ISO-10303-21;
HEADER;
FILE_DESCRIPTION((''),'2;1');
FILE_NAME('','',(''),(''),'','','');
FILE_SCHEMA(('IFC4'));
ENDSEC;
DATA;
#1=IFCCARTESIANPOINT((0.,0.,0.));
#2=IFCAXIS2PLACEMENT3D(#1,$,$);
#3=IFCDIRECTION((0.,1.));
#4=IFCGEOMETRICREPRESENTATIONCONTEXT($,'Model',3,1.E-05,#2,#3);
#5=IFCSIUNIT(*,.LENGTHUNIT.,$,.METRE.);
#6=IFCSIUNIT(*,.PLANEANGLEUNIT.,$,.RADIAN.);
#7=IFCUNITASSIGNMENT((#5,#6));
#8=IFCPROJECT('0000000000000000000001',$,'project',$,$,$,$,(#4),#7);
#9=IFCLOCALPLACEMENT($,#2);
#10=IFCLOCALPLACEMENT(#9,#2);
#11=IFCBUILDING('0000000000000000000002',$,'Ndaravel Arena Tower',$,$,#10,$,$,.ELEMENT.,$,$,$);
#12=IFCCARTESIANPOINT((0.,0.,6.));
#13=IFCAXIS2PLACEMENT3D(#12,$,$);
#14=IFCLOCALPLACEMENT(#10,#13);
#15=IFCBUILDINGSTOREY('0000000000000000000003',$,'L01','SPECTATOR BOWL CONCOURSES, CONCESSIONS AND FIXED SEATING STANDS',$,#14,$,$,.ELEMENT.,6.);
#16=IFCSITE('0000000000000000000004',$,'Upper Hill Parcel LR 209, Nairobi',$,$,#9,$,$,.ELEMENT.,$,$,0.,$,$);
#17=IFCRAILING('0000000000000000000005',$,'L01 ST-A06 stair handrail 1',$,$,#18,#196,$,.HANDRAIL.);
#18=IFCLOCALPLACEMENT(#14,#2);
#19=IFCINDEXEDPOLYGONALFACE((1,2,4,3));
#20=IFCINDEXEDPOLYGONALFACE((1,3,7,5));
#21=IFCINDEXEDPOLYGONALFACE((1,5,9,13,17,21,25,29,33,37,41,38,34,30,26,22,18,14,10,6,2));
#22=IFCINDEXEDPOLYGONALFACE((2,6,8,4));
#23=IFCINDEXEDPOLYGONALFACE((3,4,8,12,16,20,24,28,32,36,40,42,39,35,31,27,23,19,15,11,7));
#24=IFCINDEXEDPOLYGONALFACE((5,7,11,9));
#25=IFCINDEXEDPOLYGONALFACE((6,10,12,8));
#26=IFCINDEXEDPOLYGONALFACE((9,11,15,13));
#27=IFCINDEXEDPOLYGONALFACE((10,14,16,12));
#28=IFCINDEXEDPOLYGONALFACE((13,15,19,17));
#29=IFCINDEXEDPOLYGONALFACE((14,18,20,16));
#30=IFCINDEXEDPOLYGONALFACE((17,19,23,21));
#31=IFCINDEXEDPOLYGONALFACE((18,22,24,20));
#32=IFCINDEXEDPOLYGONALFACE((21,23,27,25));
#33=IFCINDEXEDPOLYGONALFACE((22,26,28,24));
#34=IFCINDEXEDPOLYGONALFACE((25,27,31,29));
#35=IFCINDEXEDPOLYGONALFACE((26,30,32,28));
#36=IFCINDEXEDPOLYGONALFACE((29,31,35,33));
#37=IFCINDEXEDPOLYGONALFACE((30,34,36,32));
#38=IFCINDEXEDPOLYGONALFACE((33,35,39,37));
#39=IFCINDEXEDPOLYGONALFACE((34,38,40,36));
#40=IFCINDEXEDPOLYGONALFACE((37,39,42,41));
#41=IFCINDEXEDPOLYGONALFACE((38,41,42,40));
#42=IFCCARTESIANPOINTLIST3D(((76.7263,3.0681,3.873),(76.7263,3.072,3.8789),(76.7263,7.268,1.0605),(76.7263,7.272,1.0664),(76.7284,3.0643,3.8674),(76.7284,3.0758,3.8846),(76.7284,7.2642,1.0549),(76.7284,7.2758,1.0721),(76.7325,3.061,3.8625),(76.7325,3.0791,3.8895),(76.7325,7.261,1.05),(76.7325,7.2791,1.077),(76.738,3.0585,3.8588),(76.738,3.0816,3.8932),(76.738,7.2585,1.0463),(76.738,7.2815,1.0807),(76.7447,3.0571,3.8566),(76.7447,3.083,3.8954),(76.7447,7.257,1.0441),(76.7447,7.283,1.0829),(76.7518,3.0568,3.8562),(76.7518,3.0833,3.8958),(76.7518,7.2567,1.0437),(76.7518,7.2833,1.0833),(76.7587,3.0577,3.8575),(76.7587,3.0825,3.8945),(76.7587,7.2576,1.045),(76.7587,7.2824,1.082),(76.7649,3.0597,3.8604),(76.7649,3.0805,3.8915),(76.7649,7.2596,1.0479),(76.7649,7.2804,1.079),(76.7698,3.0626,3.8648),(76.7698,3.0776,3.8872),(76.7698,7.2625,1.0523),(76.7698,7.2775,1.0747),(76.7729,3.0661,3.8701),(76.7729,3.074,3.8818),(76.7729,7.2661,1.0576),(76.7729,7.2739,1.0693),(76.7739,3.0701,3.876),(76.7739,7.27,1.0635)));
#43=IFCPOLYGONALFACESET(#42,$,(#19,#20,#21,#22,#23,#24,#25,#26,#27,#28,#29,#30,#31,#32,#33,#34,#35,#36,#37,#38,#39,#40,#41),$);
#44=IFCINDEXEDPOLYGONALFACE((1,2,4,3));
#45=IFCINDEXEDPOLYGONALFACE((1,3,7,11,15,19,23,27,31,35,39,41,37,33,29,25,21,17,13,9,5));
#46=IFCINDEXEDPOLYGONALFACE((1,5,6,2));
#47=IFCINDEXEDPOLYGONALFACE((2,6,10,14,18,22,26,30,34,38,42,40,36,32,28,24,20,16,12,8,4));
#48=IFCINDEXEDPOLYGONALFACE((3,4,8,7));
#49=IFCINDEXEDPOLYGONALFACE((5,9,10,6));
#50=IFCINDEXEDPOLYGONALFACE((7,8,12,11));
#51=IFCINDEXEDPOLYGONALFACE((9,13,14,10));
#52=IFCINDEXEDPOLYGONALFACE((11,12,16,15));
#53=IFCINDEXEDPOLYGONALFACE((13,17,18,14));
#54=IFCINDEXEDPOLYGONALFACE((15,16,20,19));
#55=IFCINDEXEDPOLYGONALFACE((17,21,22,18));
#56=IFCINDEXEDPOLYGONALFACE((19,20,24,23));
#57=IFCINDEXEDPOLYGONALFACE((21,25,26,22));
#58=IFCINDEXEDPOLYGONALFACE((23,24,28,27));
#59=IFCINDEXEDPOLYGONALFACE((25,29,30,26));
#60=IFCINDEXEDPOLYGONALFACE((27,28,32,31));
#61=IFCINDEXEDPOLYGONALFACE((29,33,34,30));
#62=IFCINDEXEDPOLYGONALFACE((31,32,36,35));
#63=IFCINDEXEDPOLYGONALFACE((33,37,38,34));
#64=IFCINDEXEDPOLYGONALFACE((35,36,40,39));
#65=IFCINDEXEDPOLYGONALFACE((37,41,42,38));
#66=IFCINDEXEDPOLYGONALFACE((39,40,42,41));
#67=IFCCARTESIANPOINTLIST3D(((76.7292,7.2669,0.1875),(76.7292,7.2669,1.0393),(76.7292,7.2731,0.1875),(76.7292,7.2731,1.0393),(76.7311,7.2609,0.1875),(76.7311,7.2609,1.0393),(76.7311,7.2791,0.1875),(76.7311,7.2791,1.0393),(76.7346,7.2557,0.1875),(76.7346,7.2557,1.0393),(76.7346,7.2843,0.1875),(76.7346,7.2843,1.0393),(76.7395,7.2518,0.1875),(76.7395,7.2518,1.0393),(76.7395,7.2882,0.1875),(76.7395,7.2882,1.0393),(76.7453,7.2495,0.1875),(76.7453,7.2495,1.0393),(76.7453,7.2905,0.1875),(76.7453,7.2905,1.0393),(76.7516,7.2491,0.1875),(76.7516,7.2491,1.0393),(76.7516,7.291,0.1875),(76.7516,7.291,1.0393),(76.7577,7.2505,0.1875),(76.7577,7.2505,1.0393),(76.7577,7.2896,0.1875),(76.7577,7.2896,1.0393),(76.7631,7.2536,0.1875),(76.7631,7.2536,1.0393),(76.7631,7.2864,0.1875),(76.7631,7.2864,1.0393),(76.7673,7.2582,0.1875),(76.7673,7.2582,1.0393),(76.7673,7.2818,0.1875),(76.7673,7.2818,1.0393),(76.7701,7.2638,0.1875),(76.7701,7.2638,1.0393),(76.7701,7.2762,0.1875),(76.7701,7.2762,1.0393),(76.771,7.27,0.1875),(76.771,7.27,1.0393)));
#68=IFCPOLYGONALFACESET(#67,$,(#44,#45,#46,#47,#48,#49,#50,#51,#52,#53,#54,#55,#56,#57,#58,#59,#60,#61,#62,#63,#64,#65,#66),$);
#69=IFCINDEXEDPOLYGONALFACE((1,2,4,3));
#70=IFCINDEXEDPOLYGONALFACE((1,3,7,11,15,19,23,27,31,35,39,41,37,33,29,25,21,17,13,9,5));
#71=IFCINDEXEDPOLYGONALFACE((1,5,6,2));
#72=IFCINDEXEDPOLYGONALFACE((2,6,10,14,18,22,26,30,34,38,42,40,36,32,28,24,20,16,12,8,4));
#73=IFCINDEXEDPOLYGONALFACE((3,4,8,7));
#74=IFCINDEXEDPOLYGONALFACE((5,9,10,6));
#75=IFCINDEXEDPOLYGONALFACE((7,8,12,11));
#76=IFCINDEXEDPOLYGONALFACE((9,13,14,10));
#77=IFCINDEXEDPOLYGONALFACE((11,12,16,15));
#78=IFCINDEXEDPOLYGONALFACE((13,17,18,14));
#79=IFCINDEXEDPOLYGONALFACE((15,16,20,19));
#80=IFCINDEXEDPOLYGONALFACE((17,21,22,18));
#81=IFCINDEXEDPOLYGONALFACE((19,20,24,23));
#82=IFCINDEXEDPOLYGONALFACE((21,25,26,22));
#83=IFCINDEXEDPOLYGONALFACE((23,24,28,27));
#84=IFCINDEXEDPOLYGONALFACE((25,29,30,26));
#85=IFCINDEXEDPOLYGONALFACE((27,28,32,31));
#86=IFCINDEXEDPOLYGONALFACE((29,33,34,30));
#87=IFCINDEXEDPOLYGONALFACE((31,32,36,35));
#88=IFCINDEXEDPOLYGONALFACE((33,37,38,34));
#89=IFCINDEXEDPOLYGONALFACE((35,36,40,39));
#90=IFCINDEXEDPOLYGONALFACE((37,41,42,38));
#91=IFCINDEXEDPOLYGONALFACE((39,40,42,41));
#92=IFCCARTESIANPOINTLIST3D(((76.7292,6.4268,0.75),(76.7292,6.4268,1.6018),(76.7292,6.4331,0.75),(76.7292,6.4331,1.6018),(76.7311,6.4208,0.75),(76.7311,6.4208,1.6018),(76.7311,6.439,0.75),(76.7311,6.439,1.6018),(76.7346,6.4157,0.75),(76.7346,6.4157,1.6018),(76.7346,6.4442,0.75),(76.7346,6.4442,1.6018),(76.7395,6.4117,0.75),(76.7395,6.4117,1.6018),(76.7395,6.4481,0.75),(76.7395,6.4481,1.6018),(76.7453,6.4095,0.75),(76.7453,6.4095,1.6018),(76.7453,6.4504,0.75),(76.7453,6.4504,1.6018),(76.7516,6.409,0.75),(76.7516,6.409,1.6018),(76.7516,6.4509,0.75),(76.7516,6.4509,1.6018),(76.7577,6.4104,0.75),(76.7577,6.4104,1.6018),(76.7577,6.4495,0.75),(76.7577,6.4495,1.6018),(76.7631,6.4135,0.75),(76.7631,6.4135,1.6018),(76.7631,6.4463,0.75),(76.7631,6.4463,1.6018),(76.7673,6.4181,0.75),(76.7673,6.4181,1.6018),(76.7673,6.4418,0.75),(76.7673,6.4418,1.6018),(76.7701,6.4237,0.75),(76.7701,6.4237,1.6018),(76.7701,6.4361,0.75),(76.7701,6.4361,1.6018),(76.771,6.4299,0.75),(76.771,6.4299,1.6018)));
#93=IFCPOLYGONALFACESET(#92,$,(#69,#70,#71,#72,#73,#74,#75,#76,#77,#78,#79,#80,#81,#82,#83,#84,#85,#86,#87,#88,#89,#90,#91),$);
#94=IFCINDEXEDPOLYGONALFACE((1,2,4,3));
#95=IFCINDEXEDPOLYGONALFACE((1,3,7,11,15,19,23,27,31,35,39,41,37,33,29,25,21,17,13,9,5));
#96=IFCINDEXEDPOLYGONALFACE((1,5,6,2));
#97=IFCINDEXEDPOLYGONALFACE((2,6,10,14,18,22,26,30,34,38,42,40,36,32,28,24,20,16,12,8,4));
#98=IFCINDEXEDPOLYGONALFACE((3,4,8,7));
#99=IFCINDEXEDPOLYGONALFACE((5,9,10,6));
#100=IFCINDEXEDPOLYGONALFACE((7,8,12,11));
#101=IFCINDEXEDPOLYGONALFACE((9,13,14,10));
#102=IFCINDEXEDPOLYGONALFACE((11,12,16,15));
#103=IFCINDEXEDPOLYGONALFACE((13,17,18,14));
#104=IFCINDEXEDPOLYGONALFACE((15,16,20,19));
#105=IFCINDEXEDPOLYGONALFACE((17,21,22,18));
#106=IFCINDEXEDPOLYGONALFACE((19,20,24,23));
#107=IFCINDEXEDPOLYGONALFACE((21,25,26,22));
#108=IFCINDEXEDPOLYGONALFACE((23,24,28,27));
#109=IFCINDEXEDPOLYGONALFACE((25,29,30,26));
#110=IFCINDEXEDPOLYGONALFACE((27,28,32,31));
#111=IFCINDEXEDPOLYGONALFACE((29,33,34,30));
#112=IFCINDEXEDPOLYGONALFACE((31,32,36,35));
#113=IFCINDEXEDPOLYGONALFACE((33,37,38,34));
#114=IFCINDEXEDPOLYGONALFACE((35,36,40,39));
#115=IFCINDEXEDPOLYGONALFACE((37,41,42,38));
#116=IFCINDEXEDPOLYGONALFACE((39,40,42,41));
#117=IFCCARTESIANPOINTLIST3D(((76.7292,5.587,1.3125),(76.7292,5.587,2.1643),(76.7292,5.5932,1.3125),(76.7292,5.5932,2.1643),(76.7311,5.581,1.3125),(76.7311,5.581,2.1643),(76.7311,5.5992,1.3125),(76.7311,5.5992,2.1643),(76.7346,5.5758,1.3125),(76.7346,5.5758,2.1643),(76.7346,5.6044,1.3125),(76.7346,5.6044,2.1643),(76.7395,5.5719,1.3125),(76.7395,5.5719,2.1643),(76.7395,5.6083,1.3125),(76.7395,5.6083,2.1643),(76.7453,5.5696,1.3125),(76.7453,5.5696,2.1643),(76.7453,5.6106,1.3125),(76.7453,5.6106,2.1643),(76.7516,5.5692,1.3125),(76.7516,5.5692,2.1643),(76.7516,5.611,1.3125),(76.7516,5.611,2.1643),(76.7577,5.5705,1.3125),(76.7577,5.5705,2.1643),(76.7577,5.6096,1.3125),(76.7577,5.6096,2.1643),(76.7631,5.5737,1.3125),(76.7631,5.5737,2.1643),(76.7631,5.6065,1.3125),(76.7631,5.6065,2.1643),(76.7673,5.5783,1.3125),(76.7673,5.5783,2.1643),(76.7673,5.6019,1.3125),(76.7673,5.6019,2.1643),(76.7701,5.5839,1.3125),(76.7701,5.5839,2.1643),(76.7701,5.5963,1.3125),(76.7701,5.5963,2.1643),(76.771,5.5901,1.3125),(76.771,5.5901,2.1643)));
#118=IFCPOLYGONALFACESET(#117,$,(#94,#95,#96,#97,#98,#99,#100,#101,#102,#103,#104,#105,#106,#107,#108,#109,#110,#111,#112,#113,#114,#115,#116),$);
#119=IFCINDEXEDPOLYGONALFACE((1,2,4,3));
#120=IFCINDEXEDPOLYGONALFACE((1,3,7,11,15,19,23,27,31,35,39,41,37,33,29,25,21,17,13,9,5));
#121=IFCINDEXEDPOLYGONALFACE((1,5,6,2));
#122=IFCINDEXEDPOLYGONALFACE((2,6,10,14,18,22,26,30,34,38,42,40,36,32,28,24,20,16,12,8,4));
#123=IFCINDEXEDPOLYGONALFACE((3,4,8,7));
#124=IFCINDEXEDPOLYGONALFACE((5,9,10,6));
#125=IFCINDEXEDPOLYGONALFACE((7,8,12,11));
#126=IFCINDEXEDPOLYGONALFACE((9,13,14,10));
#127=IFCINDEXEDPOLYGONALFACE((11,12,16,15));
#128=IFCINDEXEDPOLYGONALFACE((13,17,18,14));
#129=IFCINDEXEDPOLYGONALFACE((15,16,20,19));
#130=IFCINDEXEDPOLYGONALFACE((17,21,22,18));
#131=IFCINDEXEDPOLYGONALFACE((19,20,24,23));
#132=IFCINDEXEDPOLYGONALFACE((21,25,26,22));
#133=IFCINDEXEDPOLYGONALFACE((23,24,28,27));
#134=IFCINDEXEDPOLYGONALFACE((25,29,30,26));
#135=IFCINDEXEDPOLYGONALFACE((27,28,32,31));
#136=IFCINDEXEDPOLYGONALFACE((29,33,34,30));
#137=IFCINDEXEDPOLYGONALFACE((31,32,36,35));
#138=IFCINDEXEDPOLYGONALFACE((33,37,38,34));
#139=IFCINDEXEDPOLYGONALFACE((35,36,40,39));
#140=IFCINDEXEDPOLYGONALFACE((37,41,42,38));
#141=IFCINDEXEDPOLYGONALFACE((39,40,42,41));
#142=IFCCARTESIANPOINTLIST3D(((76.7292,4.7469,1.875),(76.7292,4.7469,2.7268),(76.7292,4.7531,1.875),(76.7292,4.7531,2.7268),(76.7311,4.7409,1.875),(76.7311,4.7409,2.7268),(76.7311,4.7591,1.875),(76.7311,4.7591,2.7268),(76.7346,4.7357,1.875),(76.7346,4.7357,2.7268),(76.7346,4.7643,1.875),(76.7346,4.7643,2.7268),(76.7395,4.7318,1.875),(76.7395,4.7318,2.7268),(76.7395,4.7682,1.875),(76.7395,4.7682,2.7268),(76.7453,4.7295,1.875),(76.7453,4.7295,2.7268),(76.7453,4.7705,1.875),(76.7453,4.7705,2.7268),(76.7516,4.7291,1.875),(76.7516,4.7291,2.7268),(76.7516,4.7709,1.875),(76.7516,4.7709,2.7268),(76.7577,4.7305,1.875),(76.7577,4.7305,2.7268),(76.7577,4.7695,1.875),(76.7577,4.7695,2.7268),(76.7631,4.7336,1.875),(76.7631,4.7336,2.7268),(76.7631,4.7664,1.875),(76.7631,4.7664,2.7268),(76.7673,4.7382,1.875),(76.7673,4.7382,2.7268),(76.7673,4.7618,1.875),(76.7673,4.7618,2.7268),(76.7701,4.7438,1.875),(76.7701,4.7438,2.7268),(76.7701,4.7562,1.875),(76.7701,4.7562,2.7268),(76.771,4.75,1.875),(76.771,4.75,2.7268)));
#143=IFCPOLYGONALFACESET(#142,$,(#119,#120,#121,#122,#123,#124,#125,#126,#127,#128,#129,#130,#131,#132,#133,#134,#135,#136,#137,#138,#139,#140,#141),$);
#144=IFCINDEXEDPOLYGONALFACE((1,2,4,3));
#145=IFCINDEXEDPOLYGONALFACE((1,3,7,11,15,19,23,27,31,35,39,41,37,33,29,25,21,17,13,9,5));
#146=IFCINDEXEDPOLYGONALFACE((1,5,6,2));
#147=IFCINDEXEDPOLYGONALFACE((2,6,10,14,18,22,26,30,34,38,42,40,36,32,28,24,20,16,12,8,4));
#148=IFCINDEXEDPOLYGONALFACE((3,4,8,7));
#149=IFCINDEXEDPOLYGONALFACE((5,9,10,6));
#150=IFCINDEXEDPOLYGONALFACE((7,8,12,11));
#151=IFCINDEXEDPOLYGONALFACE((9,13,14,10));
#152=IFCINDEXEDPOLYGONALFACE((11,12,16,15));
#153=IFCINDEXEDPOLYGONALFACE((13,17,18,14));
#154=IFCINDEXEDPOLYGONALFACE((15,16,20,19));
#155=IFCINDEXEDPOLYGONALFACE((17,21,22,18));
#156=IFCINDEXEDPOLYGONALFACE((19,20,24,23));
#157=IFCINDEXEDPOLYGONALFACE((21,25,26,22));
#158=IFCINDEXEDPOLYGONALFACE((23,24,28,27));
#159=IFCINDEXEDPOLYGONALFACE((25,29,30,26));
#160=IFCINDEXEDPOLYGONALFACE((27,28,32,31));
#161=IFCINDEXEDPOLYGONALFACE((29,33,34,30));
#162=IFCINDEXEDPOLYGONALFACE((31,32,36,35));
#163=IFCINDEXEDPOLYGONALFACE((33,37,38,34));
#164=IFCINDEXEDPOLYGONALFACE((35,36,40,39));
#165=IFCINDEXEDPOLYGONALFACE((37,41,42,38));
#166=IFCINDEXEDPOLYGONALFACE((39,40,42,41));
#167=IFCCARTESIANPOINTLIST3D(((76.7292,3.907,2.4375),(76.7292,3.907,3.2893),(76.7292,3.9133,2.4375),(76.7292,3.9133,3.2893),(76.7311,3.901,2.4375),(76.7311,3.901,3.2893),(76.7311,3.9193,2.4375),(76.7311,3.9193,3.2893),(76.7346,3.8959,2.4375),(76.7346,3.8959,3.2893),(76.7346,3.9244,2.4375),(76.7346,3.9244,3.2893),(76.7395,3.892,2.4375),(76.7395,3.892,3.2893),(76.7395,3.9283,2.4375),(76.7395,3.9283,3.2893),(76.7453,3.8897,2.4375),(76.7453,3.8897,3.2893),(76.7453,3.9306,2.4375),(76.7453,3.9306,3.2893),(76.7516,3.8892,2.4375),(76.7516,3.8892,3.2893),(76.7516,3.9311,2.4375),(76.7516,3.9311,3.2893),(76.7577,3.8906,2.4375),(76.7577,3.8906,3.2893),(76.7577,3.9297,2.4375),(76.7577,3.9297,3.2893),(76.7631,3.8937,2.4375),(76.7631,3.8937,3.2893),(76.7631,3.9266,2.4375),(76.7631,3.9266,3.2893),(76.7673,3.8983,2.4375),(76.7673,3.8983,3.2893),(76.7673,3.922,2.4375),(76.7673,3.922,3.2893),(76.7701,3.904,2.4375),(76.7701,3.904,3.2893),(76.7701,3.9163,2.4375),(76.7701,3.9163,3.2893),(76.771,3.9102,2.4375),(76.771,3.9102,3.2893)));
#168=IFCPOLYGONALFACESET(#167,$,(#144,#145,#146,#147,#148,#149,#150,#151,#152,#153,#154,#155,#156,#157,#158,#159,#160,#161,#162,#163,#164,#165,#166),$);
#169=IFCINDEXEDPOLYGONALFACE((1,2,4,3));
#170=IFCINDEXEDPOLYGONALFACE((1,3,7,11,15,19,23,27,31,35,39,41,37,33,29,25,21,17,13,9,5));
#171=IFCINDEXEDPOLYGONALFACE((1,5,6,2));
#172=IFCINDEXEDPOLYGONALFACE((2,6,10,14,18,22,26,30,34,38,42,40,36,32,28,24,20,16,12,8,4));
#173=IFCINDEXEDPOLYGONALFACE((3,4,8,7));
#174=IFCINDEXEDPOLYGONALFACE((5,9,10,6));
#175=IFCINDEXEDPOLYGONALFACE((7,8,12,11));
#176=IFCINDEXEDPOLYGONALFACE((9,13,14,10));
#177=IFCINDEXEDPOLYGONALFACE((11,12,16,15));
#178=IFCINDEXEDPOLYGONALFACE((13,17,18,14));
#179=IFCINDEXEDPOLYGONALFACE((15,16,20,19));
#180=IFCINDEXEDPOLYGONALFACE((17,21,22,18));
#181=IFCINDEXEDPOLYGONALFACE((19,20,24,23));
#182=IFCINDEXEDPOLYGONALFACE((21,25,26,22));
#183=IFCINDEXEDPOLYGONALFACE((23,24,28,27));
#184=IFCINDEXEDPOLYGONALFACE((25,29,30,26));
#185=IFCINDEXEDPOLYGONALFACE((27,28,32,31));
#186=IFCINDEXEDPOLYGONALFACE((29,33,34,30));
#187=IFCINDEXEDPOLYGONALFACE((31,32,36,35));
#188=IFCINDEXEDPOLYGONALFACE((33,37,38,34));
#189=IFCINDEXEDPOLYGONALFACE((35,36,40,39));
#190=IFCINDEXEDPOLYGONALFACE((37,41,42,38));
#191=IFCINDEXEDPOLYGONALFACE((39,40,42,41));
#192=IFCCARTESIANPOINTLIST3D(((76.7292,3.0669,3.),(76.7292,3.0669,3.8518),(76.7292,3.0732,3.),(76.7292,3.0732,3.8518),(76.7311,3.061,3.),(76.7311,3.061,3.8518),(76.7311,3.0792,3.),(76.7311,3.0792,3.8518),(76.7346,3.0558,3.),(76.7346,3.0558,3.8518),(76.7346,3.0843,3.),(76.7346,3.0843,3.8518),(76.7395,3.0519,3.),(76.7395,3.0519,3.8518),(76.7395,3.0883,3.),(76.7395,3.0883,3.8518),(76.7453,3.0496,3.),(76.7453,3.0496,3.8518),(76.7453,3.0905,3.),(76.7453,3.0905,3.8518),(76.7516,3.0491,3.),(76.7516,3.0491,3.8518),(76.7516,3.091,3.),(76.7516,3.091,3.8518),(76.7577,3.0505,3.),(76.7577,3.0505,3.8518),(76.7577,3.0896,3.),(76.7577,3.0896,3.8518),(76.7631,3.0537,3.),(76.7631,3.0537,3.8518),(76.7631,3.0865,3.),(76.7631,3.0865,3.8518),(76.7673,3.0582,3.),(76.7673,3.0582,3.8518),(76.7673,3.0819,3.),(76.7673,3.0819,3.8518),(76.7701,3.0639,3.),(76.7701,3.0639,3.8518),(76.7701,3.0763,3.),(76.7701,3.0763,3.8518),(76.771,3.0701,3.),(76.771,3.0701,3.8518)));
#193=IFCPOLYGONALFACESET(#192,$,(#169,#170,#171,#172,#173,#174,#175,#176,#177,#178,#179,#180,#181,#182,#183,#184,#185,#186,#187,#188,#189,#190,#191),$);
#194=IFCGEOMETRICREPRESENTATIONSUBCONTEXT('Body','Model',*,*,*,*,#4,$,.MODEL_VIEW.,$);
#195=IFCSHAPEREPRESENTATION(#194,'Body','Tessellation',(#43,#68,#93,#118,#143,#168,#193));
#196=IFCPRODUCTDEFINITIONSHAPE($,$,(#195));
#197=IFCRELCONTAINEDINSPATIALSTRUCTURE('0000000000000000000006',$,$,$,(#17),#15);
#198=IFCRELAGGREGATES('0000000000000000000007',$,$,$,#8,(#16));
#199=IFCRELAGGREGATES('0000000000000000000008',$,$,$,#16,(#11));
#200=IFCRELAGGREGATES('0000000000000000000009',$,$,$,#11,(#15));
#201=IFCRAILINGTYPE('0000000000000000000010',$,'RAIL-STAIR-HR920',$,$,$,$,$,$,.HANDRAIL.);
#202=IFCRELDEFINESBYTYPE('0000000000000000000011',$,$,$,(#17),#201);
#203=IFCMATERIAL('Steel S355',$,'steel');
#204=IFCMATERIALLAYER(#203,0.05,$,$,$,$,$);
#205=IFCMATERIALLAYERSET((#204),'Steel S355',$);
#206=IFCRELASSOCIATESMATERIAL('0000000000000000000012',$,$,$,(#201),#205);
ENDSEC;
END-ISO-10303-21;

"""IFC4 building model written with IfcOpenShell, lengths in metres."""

from ifc_helpers import new_model, si_unit, direction, frame, origin, origin_2d, place, context, subcontext, project, spatial, circle, extrude, material, layer, layer_set, type_object, element, save


model = new_model("IFC4")

# Units and contexts
model_context = context("Model", 3, precision=1e-05, world=origin(), true_north=direction((0.0, 1.0)))
body_context = subcontext(model_context, "Body", "Model", "MODEL_VIEW")
ifc_project = project(units=[si_unit("LENGTHUNIT", "METRE"), si_unit("PLANEANGLEUNIT", "RADIAN")], contexts=[model_context])

# Site, building, storey
site_placement = place(None, origin())
site = spatial("IfcSite", under=ifc_project, at=site_placement, Name="Upper Hill Parcel LR 209, Nairobi", CompositionType="ELEMENT", RefElevation=0.0)
building_placement = place(site_placement, origin())
building = spatial("IfcBuilding", under=site, at=building_placement, Name="Ndaravel Arena Tower", CompositionType="ELEMENT")
storey_placement = place(building_placement, frame((0.0, 0.0, 6.0)))
storey = spatial("IfcBuildingStorey", under=building, at=storey_placement, Name="L01", Description="SPECTATOR BOWL CONCOURSES, CONCESSIONS AND FIXED SEATING STANDS", CompositionType="ELEMENT", Elevation=6.0)

# Railing
ifc_material_1 = material(Name="Steel S355", Category="steel")
ifc_layer_1 = layer(ifc_material_1, 0.05)
ifc_layer_set_1 = layer_set([ifc_layer_1], Name="Steel S355")
railing_type_1 = type_object("IfcRailingType", Name="RAIL-STAIR-HR920", PredefinedType="HANDRAIL", material=ifc_layer_set_1)
railing_1_placement = place(storey_placement, frame((76.75, 7.27, 0.1875)))
element("IfcRailing", 1, at=railing_1_placement, inside=storey, type_object=railing_type_1, Name="L01 ST-A06 stair handrail 1", PredefinedType="HANDRAIL", context=body_context, shape_type="SweptSolid", body=[
    extrude(circle(Radius=0.0239, at=origin_2d()), frame((0.0, 0.0, 0.876), z_axis=(0.0, -0.830904, 0.556416), x_axis=(1.0, 0.0, 0.0)), (0.0, 0.0, 1.0), 5.0547),
    extrude(circle(Radius=0.021, at=origin_2d()), origin(), (0.0, 0.0, 1.0), 0.8518),
    extrude(circle(Radius=0.021, at=origin_2d()), frame((0.0, -0.8401, 0.5625)), (0.0, 0.0, 1.0), 0.8518),
    extrude(circle(Radius=0.021, at=origin_2d()), frame((0.0, -1.6799, 1.125)), (0.0, 0.0, 1.0), 0.8518),
    extrude(circle(Radius=0.021, at=origin_2d()), frame((0.0, -2.52, 1.6875)), (0.0, 0.0, 1.0), 0.8518),
    extrude(circle(Radius=0.021, at=origin_2d()), frame((0.0, -3.3599, 2.25)), (0.0, 0.0, 1.0), 0.8518),
    extrude(circle(Radius=0.021, at=origin_2d()), frame((0.0, -4.2, 2.8125)), (0.0, 0.0, 1.0), 0.8518),
])

save(model, "model.ifc")
